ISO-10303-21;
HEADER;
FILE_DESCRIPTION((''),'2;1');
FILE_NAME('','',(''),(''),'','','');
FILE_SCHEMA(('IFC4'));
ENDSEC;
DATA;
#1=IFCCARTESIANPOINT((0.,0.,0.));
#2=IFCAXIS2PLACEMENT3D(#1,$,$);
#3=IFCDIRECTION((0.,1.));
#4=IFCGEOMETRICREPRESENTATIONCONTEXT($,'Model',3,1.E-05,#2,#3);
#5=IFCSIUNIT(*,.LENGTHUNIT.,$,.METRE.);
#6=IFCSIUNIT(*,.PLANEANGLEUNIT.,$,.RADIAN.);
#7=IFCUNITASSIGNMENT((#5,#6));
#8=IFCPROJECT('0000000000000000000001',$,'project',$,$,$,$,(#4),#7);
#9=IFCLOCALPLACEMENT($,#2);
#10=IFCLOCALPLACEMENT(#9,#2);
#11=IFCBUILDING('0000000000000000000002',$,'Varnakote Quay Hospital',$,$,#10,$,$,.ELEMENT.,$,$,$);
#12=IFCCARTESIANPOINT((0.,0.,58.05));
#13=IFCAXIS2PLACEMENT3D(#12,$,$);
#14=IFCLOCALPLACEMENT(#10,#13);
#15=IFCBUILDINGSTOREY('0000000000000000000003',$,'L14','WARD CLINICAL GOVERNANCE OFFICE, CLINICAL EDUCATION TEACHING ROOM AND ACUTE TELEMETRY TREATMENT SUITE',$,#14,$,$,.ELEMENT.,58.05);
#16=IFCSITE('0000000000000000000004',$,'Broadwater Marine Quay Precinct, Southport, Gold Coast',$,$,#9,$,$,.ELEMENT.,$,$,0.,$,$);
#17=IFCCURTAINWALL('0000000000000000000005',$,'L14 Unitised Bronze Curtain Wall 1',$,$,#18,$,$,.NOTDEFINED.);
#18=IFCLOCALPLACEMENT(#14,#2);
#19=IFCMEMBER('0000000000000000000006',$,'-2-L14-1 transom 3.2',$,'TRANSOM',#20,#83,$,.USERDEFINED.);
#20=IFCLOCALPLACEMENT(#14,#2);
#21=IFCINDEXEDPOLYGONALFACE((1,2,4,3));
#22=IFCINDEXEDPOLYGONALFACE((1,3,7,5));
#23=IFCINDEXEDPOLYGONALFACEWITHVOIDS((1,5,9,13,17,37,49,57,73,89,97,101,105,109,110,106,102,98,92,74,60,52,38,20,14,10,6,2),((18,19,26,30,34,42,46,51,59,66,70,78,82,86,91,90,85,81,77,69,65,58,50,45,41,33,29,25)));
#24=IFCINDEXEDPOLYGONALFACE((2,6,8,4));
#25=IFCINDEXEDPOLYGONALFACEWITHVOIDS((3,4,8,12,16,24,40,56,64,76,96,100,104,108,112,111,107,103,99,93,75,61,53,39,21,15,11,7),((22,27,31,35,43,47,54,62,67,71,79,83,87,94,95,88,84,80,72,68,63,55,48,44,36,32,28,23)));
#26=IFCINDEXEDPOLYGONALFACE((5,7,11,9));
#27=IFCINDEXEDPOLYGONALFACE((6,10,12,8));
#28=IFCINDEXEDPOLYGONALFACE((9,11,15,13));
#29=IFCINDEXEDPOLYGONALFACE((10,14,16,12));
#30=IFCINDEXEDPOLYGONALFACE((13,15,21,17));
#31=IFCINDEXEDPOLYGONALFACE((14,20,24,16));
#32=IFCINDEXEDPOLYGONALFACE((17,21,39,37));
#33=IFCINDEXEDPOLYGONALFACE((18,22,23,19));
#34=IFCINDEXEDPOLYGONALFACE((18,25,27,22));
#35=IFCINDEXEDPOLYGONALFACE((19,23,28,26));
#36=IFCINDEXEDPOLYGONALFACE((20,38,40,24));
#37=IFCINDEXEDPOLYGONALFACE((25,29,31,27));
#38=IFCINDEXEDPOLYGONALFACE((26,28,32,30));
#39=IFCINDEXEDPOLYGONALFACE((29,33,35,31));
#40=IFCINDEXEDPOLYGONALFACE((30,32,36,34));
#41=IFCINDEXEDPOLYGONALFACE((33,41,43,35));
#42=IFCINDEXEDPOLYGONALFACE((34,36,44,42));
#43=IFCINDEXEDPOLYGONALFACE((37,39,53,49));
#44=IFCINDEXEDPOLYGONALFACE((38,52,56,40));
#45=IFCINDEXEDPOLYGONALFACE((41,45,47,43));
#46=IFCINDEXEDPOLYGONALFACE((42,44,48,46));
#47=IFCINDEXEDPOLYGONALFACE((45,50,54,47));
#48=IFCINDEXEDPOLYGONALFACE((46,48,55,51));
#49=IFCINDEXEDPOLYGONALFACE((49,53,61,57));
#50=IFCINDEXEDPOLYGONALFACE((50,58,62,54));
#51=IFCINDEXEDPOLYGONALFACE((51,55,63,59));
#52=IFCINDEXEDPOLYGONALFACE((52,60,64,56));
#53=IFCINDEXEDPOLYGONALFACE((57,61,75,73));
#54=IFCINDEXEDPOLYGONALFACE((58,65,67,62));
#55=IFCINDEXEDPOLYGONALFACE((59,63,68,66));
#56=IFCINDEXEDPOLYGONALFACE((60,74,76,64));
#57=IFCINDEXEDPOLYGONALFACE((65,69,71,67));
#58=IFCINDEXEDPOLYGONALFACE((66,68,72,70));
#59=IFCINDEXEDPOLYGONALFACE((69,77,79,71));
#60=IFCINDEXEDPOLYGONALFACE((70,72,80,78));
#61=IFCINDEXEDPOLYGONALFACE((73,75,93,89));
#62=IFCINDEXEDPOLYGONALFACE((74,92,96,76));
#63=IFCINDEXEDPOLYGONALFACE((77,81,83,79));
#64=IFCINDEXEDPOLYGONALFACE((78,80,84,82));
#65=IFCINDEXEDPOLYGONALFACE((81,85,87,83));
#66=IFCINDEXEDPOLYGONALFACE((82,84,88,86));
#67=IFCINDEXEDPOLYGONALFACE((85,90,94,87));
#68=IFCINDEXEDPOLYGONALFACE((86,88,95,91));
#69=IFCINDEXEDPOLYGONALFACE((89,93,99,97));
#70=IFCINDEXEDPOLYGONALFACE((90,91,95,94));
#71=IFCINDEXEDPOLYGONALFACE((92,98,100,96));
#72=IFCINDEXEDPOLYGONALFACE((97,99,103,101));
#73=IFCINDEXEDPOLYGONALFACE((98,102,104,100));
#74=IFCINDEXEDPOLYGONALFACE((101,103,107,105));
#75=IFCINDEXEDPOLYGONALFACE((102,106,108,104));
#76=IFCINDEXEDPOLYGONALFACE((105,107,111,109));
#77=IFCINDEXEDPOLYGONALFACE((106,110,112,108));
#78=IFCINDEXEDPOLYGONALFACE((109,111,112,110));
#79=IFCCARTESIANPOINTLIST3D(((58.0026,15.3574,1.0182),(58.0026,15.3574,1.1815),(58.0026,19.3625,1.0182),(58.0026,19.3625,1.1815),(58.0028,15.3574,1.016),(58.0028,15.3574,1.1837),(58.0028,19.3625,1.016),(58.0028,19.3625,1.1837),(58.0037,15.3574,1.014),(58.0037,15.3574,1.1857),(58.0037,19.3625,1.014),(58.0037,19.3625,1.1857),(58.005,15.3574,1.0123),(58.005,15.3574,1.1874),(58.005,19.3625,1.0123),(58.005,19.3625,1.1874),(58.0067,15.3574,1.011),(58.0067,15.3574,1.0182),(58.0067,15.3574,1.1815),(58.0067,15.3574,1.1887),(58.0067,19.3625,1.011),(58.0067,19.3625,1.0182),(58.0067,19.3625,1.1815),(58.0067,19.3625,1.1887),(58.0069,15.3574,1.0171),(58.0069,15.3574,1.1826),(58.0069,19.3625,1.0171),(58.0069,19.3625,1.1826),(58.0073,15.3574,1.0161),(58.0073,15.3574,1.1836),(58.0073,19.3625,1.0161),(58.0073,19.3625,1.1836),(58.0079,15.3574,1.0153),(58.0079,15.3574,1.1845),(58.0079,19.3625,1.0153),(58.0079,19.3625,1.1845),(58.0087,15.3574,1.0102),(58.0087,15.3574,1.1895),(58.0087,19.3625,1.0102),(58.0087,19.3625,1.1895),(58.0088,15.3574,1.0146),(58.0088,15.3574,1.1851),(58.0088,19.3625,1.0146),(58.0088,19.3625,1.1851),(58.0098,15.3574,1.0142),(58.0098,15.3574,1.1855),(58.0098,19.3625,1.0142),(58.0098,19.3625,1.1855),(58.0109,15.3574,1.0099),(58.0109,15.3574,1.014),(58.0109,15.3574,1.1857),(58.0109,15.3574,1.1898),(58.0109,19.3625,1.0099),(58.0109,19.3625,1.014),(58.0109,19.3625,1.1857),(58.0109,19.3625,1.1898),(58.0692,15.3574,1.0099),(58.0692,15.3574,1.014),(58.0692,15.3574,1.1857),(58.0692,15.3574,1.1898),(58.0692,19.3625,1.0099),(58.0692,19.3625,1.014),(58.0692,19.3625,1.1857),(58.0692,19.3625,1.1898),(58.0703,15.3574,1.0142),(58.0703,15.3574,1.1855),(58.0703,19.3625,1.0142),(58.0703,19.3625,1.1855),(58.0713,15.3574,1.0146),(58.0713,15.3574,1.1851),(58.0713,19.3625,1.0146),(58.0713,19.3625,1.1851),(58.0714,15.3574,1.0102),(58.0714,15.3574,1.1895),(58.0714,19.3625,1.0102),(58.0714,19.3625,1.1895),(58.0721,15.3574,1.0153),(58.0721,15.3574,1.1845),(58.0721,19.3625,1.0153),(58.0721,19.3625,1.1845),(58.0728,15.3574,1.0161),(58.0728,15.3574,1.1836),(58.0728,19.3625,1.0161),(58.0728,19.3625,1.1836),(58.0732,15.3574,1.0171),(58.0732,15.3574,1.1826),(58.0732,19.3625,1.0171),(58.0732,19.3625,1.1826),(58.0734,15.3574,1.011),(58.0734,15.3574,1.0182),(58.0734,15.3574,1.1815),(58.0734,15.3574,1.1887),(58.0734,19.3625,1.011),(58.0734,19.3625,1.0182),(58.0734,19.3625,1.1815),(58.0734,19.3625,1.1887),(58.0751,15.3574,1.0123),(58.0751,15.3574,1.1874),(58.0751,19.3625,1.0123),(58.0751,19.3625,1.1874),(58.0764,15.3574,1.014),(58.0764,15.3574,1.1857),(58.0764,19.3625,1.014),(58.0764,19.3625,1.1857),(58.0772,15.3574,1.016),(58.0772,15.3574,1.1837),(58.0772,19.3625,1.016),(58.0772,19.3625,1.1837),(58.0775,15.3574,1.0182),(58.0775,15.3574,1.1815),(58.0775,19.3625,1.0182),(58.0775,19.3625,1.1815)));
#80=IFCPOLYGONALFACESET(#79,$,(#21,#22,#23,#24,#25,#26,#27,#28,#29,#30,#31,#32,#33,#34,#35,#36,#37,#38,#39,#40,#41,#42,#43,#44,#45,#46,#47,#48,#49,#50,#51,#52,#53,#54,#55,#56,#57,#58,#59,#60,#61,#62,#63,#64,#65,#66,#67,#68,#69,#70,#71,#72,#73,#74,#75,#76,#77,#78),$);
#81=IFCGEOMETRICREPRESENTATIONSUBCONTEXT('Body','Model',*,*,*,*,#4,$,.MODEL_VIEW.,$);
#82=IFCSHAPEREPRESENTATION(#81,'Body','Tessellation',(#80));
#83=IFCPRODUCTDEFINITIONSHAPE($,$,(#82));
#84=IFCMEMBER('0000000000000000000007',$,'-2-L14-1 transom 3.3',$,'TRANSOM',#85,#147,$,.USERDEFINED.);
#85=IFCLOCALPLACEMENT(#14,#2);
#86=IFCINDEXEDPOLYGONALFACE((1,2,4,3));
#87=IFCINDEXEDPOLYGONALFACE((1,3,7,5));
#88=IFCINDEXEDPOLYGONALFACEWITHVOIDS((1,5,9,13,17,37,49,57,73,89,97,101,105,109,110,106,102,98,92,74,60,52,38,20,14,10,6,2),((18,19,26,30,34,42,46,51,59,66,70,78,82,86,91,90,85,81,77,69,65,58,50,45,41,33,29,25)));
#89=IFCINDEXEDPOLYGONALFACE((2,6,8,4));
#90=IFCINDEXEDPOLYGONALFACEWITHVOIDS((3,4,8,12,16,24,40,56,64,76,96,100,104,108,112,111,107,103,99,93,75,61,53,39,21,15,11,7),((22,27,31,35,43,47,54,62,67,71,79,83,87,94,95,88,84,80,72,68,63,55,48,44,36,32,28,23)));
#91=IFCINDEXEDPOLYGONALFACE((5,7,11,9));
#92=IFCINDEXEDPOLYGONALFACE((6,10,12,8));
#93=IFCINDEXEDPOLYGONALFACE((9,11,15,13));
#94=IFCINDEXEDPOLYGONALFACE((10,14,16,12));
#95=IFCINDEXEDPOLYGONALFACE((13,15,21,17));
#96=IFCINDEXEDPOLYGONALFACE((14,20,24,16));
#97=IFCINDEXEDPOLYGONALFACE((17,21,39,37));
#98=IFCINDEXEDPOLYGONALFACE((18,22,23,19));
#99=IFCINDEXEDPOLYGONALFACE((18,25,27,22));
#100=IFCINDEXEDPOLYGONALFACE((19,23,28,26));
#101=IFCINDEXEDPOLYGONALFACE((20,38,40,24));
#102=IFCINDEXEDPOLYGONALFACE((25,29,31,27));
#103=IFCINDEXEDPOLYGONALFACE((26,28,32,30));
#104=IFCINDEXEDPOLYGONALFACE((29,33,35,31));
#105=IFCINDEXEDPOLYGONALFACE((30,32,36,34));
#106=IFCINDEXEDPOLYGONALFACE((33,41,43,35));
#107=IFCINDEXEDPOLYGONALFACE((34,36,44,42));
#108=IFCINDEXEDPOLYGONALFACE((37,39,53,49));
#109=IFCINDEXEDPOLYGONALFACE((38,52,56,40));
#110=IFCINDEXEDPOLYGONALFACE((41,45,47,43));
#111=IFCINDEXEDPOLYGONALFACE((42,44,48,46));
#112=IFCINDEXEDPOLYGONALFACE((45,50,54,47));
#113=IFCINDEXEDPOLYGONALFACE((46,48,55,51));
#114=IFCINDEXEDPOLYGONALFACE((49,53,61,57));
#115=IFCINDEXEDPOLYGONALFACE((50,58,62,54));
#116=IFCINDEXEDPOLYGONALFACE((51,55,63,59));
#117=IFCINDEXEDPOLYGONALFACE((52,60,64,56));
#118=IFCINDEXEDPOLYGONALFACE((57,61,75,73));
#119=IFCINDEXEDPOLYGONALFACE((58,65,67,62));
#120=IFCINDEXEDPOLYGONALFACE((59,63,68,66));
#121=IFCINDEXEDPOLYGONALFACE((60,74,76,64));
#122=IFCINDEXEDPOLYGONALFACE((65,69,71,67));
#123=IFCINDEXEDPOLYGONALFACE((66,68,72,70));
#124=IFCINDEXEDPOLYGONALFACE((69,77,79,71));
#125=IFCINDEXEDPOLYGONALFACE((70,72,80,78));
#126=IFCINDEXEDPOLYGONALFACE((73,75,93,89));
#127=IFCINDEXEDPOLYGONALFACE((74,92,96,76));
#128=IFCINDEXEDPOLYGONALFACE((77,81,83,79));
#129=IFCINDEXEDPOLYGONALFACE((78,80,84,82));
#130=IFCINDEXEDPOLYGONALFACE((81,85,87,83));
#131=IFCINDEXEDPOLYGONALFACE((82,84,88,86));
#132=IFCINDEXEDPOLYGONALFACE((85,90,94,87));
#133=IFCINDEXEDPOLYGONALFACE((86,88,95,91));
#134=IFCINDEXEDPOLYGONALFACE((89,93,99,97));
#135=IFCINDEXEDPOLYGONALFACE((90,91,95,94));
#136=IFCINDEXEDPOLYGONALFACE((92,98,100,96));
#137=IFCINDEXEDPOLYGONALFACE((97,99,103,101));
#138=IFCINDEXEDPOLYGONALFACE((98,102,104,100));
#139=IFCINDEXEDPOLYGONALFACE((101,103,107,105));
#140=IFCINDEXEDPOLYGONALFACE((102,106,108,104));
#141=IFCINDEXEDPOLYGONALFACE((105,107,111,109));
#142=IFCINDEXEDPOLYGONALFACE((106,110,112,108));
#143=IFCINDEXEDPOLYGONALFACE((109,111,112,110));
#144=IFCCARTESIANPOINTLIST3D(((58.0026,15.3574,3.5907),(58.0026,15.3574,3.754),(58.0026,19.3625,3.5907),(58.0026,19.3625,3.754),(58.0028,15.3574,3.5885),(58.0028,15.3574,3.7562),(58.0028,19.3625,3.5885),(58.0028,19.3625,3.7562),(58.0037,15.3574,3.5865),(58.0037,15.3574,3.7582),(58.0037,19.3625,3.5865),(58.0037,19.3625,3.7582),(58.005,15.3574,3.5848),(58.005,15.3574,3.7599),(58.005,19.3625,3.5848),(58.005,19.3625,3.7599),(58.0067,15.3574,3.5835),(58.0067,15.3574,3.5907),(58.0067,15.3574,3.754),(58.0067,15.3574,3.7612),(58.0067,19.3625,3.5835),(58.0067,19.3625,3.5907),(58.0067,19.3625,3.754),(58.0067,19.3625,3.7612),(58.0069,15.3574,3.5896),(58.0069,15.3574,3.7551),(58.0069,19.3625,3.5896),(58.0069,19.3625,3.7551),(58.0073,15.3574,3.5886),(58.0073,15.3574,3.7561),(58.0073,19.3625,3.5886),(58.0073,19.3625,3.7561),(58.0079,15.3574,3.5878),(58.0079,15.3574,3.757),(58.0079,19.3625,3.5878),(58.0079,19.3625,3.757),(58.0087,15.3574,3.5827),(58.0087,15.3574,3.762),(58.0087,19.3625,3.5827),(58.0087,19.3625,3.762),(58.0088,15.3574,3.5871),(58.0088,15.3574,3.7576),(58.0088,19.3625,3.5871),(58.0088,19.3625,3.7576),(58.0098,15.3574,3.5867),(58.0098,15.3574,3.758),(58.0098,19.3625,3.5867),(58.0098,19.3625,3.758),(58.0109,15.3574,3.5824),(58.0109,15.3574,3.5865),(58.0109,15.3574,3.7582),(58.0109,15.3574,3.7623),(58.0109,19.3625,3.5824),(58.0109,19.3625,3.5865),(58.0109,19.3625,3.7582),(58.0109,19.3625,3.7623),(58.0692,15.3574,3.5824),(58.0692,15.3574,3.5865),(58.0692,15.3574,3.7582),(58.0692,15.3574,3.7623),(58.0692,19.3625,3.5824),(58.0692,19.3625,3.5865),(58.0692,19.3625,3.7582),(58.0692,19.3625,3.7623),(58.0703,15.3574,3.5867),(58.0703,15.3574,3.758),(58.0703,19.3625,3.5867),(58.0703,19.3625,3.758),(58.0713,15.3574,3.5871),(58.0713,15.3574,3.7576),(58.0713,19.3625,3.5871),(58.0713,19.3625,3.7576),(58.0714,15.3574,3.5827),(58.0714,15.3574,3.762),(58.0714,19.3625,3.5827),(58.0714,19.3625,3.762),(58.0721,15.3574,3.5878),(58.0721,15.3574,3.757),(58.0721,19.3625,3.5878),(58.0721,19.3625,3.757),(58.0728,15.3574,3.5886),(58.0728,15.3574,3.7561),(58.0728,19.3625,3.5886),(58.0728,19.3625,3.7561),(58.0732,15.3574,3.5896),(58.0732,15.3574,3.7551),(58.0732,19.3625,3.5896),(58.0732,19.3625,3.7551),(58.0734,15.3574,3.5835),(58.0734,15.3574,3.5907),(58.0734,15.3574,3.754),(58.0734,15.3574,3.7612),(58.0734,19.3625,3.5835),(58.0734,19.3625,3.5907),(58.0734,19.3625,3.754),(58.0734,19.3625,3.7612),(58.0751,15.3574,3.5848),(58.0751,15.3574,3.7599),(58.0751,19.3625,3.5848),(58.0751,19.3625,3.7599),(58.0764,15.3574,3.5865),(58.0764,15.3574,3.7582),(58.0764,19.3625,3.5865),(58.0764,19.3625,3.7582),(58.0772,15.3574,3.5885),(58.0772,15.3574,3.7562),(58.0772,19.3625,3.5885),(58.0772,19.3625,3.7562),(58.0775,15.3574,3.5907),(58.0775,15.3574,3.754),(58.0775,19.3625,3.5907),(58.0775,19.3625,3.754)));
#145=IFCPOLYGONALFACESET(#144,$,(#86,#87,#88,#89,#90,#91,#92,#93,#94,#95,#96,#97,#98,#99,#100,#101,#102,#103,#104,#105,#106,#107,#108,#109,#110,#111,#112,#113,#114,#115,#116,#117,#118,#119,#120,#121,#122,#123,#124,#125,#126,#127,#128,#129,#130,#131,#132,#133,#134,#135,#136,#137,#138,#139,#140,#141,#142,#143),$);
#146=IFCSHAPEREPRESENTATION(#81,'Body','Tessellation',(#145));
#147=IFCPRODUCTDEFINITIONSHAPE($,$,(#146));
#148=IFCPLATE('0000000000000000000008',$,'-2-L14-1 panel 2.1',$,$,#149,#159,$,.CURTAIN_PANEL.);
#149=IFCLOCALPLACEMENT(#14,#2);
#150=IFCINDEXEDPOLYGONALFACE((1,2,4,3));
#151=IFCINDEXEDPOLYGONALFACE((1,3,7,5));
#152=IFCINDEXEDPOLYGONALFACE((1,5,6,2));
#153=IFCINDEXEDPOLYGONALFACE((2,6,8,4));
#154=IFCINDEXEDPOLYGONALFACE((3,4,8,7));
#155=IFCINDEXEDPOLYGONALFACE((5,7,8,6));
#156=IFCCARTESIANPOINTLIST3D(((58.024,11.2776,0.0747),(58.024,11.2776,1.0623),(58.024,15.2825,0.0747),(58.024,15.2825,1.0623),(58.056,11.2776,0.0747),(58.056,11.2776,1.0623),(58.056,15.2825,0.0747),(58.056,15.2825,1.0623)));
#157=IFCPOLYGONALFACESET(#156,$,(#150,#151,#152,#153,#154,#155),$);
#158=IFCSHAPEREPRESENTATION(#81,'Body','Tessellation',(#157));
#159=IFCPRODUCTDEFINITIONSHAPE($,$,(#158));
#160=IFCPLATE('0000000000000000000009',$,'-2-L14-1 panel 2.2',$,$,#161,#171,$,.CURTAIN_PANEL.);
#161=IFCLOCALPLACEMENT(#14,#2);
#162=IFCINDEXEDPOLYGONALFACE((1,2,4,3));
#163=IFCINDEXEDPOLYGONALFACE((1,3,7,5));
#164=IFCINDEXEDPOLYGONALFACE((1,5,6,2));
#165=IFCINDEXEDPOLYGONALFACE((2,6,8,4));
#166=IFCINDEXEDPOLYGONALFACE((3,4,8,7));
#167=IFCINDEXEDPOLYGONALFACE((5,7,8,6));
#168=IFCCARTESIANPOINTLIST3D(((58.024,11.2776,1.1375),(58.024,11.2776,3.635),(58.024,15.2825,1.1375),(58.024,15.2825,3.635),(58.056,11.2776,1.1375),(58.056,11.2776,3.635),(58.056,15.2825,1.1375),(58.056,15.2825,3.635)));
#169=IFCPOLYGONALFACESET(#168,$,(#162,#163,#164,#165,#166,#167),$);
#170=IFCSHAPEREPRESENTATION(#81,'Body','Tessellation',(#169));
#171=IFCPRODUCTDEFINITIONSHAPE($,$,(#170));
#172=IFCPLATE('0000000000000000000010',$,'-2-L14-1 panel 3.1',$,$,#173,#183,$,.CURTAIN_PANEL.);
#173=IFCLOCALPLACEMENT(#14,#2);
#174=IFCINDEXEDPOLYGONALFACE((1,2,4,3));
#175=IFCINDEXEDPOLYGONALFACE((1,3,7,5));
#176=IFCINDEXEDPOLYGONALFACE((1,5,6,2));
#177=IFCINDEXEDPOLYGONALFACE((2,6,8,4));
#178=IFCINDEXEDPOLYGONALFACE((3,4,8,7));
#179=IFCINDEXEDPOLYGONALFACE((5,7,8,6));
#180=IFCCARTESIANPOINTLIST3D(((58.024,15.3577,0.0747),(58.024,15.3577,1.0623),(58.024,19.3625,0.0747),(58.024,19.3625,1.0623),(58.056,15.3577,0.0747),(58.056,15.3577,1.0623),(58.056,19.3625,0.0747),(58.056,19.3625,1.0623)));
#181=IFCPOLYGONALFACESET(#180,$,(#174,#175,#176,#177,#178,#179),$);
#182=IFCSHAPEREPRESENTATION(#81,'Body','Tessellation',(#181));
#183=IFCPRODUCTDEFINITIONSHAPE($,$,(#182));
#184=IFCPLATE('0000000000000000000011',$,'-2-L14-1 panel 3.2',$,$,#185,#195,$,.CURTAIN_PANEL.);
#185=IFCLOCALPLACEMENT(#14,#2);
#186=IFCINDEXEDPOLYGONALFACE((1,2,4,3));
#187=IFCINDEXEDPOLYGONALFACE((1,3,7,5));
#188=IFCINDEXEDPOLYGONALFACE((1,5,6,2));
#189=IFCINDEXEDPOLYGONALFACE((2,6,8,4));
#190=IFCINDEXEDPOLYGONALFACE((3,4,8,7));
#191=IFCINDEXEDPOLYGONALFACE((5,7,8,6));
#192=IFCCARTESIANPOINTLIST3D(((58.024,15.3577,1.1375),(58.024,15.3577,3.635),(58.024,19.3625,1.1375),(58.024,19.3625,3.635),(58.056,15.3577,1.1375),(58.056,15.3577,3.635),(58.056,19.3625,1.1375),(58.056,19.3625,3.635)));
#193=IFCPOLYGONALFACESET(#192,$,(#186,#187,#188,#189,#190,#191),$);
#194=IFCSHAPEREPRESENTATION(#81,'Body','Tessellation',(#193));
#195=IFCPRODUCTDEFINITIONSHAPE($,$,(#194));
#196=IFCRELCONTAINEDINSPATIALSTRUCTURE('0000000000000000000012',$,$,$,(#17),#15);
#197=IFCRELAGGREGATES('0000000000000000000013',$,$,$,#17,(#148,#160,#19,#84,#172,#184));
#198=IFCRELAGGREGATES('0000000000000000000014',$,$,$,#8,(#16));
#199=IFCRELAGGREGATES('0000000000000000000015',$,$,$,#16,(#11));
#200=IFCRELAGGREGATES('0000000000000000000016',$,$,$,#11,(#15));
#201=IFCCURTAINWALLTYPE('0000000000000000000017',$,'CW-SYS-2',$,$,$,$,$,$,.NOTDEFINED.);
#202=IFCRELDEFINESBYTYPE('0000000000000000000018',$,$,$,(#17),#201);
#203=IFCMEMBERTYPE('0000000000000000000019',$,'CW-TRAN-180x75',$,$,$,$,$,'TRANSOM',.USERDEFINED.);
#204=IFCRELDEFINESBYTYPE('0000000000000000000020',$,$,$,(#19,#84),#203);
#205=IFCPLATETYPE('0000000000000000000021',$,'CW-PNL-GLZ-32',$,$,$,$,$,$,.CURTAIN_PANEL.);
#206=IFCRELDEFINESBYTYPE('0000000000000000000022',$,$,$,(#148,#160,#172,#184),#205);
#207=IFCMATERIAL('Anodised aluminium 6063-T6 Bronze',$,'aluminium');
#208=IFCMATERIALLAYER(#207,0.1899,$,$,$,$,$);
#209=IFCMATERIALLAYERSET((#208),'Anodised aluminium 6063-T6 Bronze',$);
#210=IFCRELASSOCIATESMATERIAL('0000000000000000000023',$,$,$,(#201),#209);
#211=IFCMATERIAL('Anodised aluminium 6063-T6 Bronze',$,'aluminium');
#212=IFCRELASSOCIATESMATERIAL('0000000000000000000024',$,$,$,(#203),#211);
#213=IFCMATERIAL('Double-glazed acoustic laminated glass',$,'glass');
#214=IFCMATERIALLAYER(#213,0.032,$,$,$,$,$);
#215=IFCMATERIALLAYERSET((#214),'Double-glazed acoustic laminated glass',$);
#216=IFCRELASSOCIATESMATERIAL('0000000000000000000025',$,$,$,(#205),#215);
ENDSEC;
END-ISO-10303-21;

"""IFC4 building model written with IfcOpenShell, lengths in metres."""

from ifc_helpers import new_model, si_unit, direction, frame, origin, origin_2d, place, context, subcontext, project, spatial, rectangle, hollow_rectangle, extrude, material, layer, layer_set, material_profile, profile_set, type_object, element, aggregate, save


model = new_model("IFC4")

# Units and contexts
model_context = context("Model", 3, precision=1e-05, world=origin(), true_north=direction((0.0, 1.0)))
body_context = subcontext(model_context, "Body", "Model", "MODEL_VIEW")
ifc_project = project(units=[si_unit("LENGTHUNIT", "METRE"), si_unit("PLANEANGLEUNIT", "RADIAN")], contexts=[model_context])

# Site, building, storey
site_placement = place(None, origin())
site = spatial("IfcSite", under=ifc_project, at=site_placement, Name="Broadwater Marine Quay Precinct, Southport, Gold Coast", CompositionType="ELEMENT", RefElevation=0.0)
building_placement = place(site_placement, origin())
building = spatial("IfcBuilding", under=site, at=building_placement, Name="Varnakote Quay Hospital", CompositionType="ELEMENT")
storey_placement = place(building_placement, frame((0.0, 0.0, 58.05)))
storey = spatial("IfcBuildingStorey", under=building, at=storey_placement, Name="L14", Description="WARD CLINICAL GOVERNANCE OFFICE, CLINICAL EDUCATION TEACHING ROOM AND ACUTE TELEMETRY TREATMENT SUITE", CompositionType="ELEMENT", Elevation=58.05)

# Curtain wall, members, plates
ifc_material_1 = material(Name="Anodised aluminium 6063-T6 Bronze", Category="aluminium")
ifc_layer_1 = layer(ifc_material_1, 0.1899)
ifc_layer_set_1 = layer_set([ifc_layer_1], Name="Anodised aluminium 6063-T6 Bronze")
curtain_wall_type = type_object("IfcCurtainWallType", Name="CW-SYS-2", PredefinedType="NOTDEFINED", material=ifc_layer_set_1)
curtain_wall_placement = place(storey_placement, origin())
curtain_wall = element("IfcCurtainWall", 1, at=curtain_wall_placement, inside=storey, type_object=curtain_wall_type, Name="L14 Unitised Bronze Curtain Wall 1", PredefinedType="NOTDEFINED")
ifc_material_2 = material(Name="Anodised aluminium 6063-T6 Bronze", Category="aluminium")
ifc_material_profile_1 = material_profile(ifc_material_2, hollow_rectangle(XDim=0.075, YDim=0.1799, WallThickness=0.0042, InnerFilletRadius=0.0042, OuterFilletRadius=0.0083, at=origin_2d()), Name="CW-TRAN-180x75")
ifc_profile_set_1 = profile_set([ifc_material_profile_1], Name="Anodised aluminium 6063-T6 Bronze")
member_type_1 = type_object("IfcMemberType", Name="CW-TRAN-180x75", ElementType="TRANSOM", PredefinedType="USERDEFINED", material=ifc_profile_set_1)
member_1_placement = place(storey_placement, frame((58.04, 15.3574, 1.0999), z_axis=(0.0, 1.0, 0.0), x_axis=(-1.0, 0.0, 0.0)))
member_1 = element("IfcMember", 2, at=member_1_placement, type_object=member_type_1, Name="-2-L14-1 transom 3.2", ObjectType="TRANSOM", PredefinedType="USERDEFINED", context=body_context, shape_type="SweptSolid", body=[
    extrude(hollow_rectangle(XDim=0.075, YDim=0.1799, WallThickness=0.0042, InnerFilletRadius=0.0042, OuterFilletRadius=0.0083, at=origin_2d()), origin(), (0.0, 0.0, 1.0), 4.0051),
])
member_2_placement = place(storey_placement, frame((58.04, 15.3574, 3.6724), z_axis=(0.0, 1.0, 0.0), x_axis=(-1.0, 0.0, 0.0)))
member_2 = element("IfcMember", 3, at=member_2_placement, type_object=member_type_1, Name="-2-L14-1 transom 3.3", ObjectType="TRANSOM", PredefinedType="USERDEFINED", context=body_context, shape_type="SweptSolid", body=[
    extrude(hollow_rectangle(XDim=0.075, YDim=0.1799, WallThickness=0.0042, InnerFilletRadius=0.0042, OuterFilletRadius=0.0083, at=origin_2d()), origin(), (0.0, 0.0, 1.0), 4.0051),
])
ifc_material_3 = material(Name="Double-glazed acoustic laminated glass", Category="glass")
ifc_layer_2 = layer(ifc_material_3, 0.032)
ifc_layer_set_2 = layer_set([ifc_layer_2], Name="Double-glazed acoustic laminated glass")
plate_type = type_object("IfcPlateType", Name="CW-PNL-GLZ-32", PredefinedType="CURTAIN_PANEL", material=ifc_layer_set_2)
plate_1_placement = place(storey_placement, frame((58.04, 13.28, 0.0747), z_axis=(0.0, 0.0, 1.0), x_axis=(0.0, 1.0, 0.0)))
plate_1 = element("IfcPlate", 4, at=plate_1_placement, type_object=plate_type, Name="-2-L14-1 panel 2.1", PredefinedType="CURTAIN_PANEL", context=body_context, shape_type="SweptSolid", body=[
    extrude(rectangle(XDim=4.0049, YDim=0.032, at=origin_2d()), origin(), (0.0, 0.0, 1.0), 0.9875),
])
plate_2_placement = place(storey_placement, frame((58.04, 13.28, 1.1375), z_axis=(0.0, 0.0, 1.0), x_axis=(0.0, 1.0, 0.0)))
plate_2 = element("IfcPlate", 5, at=plate_2_placement, type_object=plate_type, Name="-2-L14-1 panel 2.2", PredefinedType="CURTAIN_PANEL", context=body_context, shape_type="SweptSolid", body=[
    extrude(rectangle(XDim=4.0049, YDim=0.032, at=origin_2d()), origin(), (0.0, 0.0, 1.0), 2.4976),
])
plate_3_placement = place(storey_placement, frame((58.04, 17.3601, 0.0747), z_axis=(0.0, 0.0, 1.0), x_axis=(0.0, 1.0, 0.0)))
plate_3 = element("IfcPlate", 6, at=plate_3_placement, type_object=plate_type, Name="-2-L14-1 panel 3.1", PredefinedType="CURTAIN_PANEL", context=body_context, shape_type="SweptSolid", body=[
    extrude(rectangle(XDim=4.0049, YDim=0.032, at=origin_2d()), origin(), (0.0, 0.0, 1.0), 0.9875),
])
plate_4_placement = place(storey_placement, frame((58.04, 17.3601, 1.1375), z_axis=(0.0, 0.0, 1.0), x_axis=(0.0, 1.0, 0.0)))
plate_4 = element("IfcPlate", 7, at=plate_4_placement, type_object=plate_type, Name="-2-L14-1 panel 3.2", PredefinedType="CURTAIN_PANEL", context=body_context, shape_type="SweptSolid", body=[
    extrude(rectangle(XDim=4.0049, YDim=0.032, at=origin_2d()), origin(), (0.0, 0.0, 1.0), 2.4976),
])
aggregate(curtain_wall, [plate_1, plate_2, member_1, member_2, plate_3, plate_4])

save(model, "model.ifc")
